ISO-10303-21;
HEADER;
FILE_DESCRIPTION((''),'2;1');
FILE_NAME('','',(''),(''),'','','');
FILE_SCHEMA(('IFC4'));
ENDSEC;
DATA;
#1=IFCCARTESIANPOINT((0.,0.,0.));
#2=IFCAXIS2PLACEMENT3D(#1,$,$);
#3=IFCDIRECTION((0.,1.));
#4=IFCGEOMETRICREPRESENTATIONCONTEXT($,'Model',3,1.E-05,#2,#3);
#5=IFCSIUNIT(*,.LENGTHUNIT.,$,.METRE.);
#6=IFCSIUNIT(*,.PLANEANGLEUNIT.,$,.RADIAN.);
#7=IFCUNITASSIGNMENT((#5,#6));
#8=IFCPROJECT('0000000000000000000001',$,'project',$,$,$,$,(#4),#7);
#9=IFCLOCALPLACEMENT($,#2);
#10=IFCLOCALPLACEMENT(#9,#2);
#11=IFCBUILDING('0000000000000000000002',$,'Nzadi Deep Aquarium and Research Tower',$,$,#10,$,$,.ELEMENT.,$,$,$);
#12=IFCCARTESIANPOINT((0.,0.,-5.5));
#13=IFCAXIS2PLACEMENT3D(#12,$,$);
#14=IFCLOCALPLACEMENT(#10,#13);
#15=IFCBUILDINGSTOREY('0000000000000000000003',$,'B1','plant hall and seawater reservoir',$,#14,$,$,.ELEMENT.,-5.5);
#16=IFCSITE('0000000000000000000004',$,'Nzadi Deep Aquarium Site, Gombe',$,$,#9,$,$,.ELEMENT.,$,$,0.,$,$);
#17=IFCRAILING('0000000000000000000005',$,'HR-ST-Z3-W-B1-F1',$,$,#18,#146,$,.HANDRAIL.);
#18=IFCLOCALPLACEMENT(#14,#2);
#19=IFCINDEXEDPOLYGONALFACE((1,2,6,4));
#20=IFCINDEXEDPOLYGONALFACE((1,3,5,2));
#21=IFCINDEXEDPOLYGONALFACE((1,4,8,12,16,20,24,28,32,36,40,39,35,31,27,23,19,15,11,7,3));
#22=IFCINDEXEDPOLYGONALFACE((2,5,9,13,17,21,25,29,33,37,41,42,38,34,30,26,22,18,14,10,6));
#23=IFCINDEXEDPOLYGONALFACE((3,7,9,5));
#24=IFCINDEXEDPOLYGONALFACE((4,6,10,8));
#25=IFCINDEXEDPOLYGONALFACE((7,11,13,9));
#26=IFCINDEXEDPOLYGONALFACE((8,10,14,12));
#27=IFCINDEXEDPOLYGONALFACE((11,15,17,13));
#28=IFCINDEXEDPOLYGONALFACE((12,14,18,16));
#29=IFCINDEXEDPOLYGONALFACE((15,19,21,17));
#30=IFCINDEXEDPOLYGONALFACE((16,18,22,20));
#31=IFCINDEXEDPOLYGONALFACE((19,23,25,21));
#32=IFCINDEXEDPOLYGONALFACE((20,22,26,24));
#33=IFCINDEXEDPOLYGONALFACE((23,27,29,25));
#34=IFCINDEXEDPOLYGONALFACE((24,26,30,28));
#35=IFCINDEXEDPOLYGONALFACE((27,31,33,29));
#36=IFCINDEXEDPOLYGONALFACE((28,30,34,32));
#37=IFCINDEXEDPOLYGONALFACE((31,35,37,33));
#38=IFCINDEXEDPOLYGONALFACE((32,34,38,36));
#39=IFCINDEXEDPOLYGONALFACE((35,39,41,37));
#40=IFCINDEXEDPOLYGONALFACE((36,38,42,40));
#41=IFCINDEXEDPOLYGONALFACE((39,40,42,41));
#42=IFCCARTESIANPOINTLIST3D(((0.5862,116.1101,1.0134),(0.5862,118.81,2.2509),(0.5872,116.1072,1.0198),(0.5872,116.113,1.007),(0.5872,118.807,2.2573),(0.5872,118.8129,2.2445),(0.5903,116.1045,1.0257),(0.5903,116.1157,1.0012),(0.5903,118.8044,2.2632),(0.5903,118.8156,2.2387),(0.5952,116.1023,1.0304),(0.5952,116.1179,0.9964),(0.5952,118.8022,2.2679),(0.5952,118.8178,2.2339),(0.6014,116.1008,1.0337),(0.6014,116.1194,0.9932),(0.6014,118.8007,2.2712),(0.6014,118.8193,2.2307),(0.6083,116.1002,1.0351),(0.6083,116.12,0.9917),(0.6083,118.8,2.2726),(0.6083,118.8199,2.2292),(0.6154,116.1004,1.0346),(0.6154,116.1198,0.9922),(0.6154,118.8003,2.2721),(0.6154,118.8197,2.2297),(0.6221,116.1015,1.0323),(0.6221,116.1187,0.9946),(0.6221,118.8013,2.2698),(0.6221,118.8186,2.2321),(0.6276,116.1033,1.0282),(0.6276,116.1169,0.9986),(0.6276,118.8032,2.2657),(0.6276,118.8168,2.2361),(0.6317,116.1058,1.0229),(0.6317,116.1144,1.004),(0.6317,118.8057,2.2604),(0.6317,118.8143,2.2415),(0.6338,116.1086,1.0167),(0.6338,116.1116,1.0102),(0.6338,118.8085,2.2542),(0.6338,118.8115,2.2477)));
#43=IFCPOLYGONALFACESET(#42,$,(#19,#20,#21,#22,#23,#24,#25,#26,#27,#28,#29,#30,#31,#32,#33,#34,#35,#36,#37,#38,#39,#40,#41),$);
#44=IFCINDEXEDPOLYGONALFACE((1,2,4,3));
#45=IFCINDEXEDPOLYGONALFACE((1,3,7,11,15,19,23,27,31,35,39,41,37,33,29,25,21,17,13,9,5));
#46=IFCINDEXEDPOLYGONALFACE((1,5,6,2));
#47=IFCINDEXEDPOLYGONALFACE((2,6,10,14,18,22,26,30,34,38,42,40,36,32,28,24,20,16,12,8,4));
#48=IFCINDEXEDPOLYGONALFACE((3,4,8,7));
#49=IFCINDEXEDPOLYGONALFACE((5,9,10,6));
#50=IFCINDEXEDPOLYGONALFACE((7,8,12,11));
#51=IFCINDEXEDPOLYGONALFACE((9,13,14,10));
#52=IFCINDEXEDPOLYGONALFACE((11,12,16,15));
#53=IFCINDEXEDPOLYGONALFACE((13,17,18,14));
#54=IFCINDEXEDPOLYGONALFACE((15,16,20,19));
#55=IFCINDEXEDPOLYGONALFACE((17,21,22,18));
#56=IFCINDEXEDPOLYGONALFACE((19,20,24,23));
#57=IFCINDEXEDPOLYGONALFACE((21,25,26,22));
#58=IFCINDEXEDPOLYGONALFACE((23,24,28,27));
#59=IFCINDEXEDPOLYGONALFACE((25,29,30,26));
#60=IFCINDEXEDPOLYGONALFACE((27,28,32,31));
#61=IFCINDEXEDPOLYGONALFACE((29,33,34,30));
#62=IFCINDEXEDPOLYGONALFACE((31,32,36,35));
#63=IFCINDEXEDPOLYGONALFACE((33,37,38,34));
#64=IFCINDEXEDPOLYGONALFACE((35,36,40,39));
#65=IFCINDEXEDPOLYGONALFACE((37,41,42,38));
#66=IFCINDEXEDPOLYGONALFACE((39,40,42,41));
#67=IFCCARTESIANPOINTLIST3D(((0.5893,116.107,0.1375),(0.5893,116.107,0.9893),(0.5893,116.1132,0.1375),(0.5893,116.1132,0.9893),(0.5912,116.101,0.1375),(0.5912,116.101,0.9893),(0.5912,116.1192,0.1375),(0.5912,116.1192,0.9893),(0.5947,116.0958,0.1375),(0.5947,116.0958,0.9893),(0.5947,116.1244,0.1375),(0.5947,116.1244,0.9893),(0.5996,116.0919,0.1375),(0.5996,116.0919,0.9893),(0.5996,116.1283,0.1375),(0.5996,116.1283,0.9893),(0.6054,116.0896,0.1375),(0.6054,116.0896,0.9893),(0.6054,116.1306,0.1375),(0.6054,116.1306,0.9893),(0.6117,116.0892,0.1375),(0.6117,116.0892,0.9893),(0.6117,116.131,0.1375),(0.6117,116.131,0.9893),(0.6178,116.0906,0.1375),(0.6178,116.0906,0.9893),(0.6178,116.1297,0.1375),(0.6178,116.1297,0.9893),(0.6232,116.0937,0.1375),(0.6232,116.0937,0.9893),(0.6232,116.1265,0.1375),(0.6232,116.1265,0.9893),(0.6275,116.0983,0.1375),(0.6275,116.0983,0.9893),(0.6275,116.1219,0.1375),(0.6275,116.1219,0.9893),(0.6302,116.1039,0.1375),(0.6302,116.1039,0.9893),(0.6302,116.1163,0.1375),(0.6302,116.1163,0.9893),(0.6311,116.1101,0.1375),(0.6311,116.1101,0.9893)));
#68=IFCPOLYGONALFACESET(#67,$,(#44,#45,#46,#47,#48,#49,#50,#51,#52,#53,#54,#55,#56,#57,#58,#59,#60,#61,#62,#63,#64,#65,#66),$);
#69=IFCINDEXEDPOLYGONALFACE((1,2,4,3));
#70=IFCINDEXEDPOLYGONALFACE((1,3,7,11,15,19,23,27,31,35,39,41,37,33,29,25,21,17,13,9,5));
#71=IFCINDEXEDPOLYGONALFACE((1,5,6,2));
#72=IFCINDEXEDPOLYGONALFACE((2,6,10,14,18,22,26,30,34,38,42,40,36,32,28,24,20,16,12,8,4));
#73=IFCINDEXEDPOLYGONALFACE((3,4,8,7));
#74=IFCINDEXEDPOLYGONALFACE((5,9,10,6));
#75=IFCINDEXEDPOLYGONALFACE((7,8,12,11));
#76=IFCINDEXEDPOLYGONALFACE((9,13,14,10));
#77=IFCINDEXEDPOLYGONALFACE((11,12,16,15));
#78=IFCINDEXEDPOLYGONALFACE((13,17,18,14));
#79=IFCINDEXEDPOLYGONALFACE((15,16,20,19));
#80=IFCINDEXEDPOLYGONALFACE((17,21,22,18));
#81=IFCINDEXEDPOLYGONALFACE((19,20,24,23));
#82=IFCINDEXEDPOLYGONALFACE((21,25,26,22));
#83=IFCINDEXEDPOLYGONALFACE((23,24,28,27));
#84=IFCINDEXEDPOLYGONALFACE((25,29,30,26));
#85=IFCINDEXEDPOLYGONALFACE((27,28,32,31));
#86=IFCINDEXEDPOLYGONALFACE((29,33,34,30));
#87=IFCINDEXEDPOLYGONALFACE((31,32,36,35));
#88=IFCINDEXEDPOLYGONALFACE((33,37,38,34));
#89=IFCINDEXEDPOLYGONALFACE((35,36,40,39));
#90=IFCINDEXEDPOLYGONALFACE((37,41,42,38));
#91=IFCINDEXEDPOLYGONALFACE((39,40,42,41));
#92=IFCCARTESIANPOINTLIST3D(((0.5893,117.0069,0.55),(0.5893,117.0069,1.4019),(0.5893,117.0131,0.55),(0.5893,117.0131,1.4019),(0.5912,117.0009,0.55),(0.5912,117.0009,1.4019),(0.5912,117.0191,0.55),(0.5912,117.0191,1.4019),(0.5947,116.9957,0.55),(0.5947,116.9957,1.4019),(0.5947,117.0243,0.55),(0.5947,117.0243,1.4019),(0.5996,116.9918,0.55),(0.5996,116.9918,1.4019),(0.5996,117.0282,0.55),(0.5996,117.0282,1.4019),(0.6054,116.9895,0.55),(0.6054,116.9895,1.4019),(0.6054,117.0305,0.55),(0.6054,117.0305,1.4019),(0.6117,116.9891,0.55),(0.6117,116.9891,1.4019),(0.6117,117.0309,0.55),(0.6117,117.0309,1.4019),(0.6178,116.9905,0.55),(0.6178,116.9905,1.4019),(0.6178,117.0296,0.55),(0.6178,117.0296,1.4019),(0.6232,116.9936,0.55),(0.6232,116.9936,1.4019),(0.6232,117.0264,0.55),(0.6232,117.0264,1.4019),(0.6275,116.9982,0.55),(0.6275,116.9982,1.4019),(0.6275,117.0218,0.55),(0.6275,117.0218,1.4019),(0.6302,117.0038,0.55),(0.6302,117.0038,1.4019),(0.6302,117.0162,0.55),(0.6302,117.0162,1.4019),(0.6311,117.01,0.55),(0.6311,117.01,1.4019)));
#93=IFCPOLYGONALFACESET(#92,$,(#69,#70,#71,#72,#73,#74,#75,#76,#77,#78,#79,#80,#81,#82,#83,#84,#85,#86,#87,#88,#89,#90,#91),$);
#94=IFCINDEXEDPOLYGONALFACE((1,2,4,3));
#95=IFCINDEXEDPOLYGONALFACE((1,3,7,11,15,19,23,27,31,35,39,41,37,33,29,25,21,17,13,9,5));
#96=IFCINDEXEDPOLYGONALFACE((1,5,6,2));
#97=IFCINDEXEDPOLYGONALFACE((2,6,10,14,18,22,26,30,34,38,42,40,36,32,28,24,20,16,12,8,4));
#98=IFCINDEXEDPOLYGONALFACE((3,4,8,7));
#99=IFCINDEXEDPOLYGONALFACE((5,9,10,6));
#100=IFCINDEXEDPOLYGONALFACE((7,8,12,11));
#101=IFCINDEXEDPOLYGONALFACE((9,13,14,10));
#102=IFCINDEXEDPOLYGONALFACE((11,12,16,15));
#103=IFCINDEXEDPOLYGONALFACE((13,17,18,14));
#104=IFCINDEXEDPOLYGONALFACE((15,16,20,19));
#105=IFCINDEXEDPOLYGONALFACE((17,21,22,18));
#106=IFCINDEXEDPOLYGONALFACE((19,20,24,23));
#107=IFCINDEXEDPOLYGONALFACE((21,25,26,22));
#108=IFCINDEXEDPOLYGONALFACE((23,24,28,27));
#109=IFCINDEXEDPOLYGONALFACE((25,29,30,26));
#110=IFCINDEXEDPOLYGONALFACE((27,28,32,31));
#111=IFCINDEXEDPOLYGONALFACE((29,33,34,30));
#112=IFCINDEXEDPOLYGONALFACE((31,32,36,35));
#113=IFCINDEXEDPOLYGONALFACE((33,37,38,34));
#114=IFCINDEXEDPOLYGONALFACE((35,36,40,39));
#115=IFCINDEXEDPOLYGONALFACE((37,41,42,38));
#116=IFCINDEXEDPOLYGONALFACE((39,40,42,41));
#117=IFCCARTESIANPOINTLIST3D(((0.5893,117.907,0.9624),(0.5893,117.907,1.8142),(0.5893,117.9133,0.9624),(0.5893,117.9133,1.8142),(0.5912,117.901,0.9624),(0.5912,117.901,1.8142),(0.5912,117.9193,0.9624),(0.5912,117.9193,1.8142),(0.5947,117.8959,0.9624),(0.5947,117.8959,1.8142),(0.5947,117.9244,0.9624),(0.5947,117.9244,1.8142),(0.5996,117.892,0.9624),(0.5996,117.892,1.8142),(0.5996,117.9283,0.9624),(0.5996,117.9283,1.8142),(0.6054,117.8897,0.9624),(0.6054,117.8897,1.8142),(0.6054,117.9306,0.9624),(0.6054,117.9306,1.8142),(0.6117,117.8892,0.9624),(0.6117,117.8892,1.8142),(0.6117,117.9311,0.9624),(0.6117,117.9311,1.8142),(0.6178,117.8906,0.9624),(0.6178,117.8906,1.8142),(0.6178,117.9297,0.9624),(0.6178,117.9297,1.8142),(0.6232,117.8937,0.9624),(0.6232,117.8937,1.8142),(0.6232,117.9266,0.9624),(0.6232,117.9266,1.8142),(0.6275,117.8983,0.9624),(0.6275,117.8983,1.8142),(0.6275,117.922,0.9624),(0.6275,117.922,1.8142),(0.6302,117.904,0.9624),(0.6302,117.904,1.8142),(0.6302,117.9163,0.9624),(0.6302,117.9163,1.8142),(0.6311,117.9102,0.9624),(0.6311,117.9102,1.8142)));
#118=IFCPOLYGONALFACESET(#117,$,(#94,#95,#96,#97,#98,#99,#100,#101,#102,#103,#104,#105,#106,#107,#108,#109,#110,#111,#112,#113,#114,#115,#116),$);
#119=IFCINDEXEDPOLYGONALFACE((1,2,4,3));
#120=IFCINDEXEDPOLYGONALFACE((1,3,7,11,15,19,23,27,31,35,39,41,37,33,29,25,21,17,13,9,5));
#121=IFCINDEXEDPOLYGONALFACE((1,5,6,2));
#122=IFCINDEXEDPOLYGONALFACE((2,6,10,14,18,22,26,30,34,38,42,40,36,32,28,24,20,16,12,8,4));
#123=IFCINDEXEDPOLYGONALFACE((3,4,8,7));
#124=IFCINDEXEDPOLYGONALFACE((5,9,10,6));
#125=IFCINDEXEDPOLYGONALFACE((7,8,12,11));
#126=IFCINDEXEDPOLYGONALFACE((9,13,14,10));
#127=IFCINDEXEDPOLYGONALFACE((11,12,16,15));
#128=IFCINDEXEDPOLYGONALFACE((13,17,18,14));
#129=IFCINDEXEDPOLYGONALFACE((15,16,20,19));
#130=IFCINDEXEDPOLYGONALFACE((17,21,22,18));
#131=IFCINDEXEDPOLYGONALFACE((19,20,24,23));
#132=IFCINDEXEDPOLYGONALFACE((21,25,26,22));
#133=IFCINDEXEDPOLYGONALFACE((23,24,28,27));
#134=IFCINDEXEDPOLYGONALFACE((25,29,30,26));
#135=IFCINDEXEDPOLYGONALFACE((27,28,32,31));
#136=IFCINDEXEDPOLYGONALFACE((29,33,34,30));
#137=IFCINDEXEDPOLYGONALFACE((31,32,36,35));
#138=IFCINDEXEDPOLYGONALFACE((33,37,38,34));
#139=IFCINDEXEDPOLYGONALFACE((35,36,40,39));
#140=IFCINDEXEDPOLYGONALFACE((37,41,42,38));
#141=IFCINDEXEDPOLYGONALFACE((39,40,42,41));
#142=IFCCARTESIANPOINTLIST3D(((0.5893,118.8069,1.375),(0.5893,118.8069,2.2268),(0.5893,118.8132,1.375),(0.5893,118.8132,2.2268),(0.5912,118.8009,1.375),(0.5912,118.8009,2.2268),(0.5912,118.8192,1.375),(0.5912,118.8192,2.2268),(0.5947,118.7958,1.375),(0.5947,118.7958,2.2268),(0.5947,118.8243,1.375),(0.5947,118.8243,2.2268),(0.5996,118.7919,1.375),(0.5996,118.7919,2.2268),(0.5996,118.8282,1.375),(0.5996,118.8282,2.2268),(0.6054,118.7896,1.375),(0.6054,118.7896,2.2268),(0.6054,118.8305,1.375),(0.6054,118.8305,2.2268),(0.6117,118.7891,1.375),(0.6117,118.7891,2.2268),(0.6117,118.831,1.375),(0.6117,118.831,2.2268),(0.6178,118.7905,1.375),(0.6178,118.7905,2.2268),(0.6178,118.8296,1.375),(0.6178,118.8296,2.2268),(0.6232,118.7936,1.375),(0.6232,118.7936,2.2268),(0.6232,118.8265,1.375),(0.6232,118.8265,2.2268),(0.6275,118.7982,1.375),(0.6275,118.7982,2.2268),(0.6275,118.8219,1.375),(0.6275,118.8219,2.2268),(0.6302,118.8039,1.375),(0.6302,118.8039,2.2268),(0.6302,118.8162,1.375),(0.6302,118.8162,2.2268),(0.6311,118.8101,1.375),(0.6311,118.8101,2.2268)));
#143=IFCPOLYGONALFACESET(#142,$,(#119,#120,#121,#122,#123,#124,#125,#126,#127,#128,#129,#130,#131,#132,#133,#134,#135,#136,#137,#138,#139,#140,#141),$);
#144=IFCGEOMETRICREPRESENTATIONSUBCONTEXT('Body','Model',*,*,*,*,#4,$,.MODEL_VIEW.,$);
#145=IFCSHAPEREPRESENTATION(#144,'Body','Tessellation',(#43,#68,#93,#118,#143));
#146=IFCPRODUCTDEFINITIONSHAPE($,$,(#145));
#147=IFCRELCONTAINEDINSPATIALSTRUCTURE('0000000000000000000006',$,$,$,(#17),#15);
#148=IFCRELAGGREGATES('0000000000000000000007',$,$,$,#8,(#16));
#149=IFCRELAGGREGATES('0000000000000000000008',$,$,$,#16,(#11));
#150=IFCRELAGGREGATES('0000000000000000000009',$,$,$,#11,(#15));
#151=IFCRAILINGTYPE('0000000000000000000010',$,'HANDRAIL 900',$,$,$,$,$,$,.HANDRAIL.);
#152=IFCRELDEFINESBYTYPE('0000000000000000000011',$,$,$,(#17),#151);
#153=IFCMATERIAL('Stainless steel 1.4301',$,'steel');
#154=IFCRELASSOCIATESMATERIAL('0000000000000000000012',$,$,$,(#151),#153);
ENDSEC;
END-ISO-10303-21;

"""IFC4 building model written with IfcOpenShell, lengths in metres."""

from ifc_helpers import new_model, si_unit, direction, frame, origin, origin_2d, place, context, subcontext, project, spatial, circle, extrude, material, type_object, element, save


model = new_model("IFC4")

# Units and contexts
model_context = context("Model", 3, precision=1e-05, world=origin(), true_north=direction((0.0, 1.0)))
body_context = subcontext(model_context, "Body", "Model", "MODEL_VIEW")
ifc_project = project(units=[si_unit("LENGTHUNIT", "METRE"), si_unit("PLANEANGLEUNIT", "RADIAN")], contexts=[model_context])

# Site, building, storey
site_placement = place(None, origin())
site = spatial("IfcSite", under=ifc_project, at=site_placement, Name="Nzadi Deep Aquarium Site, Gombe", CompositionType="ELEMENT", RefElevation=0.0)
building_placement = place(site_placement, origin())
building = spatial("IfcBuilding", under=site, at=building_placement, Name="Nzadi Deep Aquarium and Research Tower", CompositionType="ELEMENT")
storey_placement = place(building_placement, frame((0.0, 0.0, -5.5)))
storey = spatial("IfcBuildingStorey", under=building, at=storey_placement, Name="B1", Description="plant hall and seawater reservoir", CompositionType="ELEMENT", Elevation=-5.5)

# Railing
ifc_material_1 = material(Name="Stainless steel 1.4301", Category="steel")
railing_type = type_object("IfcRailingType", Name="HANDRAIL 900", PredefinedType="HANDRAIL", material=ifc_material_1)
for number, where, name in (
    (1, (0.6101, 116.1101, 0.1375), "HR-ST-Z3-W-B1-F1"),
):
    element("IfcRailing", number, at=place(storey_placement, frame(where)), inside=storey, type_object=railing_type, Name=name, PredefinedType="HANDRAIL", context=body_context, shape_type="SweptSolid", body=[
        extrude(circle(Radius=0.0239, at=origin_2d()), frame((0.0, 0.0, 0.876), z_axis=(0.0, 0.909056, 0.416675), x_axis=(-1.0, 0.0, 0.0)), (0.0, 0.0, 1.0), 2.97),
        extrude(circle(Radius=0.021, at=origin_2d()), origin(), (0.0, 0.0, 1.0), 0.8518),
        extrude(circle(Radius=0.021, at=origin_2d()), frame((0.0, 0.8999, 0.4126)), (0.0, 0.0, 1.0), 0.8518),
        extrude(circle(Radius=0.021, at=origin_2d()), frame((0.0, 1.8, 0.825)), (0.0, 0.0, 1.0), 0.8518),
        extrude(circle(Radius=0.021, at=origin_2d()), frame((0.0, 2.7, 1.2375)), (0.0, 0.0, 1.0), 0.8518),
    ])

save(model, "model.ifc")
